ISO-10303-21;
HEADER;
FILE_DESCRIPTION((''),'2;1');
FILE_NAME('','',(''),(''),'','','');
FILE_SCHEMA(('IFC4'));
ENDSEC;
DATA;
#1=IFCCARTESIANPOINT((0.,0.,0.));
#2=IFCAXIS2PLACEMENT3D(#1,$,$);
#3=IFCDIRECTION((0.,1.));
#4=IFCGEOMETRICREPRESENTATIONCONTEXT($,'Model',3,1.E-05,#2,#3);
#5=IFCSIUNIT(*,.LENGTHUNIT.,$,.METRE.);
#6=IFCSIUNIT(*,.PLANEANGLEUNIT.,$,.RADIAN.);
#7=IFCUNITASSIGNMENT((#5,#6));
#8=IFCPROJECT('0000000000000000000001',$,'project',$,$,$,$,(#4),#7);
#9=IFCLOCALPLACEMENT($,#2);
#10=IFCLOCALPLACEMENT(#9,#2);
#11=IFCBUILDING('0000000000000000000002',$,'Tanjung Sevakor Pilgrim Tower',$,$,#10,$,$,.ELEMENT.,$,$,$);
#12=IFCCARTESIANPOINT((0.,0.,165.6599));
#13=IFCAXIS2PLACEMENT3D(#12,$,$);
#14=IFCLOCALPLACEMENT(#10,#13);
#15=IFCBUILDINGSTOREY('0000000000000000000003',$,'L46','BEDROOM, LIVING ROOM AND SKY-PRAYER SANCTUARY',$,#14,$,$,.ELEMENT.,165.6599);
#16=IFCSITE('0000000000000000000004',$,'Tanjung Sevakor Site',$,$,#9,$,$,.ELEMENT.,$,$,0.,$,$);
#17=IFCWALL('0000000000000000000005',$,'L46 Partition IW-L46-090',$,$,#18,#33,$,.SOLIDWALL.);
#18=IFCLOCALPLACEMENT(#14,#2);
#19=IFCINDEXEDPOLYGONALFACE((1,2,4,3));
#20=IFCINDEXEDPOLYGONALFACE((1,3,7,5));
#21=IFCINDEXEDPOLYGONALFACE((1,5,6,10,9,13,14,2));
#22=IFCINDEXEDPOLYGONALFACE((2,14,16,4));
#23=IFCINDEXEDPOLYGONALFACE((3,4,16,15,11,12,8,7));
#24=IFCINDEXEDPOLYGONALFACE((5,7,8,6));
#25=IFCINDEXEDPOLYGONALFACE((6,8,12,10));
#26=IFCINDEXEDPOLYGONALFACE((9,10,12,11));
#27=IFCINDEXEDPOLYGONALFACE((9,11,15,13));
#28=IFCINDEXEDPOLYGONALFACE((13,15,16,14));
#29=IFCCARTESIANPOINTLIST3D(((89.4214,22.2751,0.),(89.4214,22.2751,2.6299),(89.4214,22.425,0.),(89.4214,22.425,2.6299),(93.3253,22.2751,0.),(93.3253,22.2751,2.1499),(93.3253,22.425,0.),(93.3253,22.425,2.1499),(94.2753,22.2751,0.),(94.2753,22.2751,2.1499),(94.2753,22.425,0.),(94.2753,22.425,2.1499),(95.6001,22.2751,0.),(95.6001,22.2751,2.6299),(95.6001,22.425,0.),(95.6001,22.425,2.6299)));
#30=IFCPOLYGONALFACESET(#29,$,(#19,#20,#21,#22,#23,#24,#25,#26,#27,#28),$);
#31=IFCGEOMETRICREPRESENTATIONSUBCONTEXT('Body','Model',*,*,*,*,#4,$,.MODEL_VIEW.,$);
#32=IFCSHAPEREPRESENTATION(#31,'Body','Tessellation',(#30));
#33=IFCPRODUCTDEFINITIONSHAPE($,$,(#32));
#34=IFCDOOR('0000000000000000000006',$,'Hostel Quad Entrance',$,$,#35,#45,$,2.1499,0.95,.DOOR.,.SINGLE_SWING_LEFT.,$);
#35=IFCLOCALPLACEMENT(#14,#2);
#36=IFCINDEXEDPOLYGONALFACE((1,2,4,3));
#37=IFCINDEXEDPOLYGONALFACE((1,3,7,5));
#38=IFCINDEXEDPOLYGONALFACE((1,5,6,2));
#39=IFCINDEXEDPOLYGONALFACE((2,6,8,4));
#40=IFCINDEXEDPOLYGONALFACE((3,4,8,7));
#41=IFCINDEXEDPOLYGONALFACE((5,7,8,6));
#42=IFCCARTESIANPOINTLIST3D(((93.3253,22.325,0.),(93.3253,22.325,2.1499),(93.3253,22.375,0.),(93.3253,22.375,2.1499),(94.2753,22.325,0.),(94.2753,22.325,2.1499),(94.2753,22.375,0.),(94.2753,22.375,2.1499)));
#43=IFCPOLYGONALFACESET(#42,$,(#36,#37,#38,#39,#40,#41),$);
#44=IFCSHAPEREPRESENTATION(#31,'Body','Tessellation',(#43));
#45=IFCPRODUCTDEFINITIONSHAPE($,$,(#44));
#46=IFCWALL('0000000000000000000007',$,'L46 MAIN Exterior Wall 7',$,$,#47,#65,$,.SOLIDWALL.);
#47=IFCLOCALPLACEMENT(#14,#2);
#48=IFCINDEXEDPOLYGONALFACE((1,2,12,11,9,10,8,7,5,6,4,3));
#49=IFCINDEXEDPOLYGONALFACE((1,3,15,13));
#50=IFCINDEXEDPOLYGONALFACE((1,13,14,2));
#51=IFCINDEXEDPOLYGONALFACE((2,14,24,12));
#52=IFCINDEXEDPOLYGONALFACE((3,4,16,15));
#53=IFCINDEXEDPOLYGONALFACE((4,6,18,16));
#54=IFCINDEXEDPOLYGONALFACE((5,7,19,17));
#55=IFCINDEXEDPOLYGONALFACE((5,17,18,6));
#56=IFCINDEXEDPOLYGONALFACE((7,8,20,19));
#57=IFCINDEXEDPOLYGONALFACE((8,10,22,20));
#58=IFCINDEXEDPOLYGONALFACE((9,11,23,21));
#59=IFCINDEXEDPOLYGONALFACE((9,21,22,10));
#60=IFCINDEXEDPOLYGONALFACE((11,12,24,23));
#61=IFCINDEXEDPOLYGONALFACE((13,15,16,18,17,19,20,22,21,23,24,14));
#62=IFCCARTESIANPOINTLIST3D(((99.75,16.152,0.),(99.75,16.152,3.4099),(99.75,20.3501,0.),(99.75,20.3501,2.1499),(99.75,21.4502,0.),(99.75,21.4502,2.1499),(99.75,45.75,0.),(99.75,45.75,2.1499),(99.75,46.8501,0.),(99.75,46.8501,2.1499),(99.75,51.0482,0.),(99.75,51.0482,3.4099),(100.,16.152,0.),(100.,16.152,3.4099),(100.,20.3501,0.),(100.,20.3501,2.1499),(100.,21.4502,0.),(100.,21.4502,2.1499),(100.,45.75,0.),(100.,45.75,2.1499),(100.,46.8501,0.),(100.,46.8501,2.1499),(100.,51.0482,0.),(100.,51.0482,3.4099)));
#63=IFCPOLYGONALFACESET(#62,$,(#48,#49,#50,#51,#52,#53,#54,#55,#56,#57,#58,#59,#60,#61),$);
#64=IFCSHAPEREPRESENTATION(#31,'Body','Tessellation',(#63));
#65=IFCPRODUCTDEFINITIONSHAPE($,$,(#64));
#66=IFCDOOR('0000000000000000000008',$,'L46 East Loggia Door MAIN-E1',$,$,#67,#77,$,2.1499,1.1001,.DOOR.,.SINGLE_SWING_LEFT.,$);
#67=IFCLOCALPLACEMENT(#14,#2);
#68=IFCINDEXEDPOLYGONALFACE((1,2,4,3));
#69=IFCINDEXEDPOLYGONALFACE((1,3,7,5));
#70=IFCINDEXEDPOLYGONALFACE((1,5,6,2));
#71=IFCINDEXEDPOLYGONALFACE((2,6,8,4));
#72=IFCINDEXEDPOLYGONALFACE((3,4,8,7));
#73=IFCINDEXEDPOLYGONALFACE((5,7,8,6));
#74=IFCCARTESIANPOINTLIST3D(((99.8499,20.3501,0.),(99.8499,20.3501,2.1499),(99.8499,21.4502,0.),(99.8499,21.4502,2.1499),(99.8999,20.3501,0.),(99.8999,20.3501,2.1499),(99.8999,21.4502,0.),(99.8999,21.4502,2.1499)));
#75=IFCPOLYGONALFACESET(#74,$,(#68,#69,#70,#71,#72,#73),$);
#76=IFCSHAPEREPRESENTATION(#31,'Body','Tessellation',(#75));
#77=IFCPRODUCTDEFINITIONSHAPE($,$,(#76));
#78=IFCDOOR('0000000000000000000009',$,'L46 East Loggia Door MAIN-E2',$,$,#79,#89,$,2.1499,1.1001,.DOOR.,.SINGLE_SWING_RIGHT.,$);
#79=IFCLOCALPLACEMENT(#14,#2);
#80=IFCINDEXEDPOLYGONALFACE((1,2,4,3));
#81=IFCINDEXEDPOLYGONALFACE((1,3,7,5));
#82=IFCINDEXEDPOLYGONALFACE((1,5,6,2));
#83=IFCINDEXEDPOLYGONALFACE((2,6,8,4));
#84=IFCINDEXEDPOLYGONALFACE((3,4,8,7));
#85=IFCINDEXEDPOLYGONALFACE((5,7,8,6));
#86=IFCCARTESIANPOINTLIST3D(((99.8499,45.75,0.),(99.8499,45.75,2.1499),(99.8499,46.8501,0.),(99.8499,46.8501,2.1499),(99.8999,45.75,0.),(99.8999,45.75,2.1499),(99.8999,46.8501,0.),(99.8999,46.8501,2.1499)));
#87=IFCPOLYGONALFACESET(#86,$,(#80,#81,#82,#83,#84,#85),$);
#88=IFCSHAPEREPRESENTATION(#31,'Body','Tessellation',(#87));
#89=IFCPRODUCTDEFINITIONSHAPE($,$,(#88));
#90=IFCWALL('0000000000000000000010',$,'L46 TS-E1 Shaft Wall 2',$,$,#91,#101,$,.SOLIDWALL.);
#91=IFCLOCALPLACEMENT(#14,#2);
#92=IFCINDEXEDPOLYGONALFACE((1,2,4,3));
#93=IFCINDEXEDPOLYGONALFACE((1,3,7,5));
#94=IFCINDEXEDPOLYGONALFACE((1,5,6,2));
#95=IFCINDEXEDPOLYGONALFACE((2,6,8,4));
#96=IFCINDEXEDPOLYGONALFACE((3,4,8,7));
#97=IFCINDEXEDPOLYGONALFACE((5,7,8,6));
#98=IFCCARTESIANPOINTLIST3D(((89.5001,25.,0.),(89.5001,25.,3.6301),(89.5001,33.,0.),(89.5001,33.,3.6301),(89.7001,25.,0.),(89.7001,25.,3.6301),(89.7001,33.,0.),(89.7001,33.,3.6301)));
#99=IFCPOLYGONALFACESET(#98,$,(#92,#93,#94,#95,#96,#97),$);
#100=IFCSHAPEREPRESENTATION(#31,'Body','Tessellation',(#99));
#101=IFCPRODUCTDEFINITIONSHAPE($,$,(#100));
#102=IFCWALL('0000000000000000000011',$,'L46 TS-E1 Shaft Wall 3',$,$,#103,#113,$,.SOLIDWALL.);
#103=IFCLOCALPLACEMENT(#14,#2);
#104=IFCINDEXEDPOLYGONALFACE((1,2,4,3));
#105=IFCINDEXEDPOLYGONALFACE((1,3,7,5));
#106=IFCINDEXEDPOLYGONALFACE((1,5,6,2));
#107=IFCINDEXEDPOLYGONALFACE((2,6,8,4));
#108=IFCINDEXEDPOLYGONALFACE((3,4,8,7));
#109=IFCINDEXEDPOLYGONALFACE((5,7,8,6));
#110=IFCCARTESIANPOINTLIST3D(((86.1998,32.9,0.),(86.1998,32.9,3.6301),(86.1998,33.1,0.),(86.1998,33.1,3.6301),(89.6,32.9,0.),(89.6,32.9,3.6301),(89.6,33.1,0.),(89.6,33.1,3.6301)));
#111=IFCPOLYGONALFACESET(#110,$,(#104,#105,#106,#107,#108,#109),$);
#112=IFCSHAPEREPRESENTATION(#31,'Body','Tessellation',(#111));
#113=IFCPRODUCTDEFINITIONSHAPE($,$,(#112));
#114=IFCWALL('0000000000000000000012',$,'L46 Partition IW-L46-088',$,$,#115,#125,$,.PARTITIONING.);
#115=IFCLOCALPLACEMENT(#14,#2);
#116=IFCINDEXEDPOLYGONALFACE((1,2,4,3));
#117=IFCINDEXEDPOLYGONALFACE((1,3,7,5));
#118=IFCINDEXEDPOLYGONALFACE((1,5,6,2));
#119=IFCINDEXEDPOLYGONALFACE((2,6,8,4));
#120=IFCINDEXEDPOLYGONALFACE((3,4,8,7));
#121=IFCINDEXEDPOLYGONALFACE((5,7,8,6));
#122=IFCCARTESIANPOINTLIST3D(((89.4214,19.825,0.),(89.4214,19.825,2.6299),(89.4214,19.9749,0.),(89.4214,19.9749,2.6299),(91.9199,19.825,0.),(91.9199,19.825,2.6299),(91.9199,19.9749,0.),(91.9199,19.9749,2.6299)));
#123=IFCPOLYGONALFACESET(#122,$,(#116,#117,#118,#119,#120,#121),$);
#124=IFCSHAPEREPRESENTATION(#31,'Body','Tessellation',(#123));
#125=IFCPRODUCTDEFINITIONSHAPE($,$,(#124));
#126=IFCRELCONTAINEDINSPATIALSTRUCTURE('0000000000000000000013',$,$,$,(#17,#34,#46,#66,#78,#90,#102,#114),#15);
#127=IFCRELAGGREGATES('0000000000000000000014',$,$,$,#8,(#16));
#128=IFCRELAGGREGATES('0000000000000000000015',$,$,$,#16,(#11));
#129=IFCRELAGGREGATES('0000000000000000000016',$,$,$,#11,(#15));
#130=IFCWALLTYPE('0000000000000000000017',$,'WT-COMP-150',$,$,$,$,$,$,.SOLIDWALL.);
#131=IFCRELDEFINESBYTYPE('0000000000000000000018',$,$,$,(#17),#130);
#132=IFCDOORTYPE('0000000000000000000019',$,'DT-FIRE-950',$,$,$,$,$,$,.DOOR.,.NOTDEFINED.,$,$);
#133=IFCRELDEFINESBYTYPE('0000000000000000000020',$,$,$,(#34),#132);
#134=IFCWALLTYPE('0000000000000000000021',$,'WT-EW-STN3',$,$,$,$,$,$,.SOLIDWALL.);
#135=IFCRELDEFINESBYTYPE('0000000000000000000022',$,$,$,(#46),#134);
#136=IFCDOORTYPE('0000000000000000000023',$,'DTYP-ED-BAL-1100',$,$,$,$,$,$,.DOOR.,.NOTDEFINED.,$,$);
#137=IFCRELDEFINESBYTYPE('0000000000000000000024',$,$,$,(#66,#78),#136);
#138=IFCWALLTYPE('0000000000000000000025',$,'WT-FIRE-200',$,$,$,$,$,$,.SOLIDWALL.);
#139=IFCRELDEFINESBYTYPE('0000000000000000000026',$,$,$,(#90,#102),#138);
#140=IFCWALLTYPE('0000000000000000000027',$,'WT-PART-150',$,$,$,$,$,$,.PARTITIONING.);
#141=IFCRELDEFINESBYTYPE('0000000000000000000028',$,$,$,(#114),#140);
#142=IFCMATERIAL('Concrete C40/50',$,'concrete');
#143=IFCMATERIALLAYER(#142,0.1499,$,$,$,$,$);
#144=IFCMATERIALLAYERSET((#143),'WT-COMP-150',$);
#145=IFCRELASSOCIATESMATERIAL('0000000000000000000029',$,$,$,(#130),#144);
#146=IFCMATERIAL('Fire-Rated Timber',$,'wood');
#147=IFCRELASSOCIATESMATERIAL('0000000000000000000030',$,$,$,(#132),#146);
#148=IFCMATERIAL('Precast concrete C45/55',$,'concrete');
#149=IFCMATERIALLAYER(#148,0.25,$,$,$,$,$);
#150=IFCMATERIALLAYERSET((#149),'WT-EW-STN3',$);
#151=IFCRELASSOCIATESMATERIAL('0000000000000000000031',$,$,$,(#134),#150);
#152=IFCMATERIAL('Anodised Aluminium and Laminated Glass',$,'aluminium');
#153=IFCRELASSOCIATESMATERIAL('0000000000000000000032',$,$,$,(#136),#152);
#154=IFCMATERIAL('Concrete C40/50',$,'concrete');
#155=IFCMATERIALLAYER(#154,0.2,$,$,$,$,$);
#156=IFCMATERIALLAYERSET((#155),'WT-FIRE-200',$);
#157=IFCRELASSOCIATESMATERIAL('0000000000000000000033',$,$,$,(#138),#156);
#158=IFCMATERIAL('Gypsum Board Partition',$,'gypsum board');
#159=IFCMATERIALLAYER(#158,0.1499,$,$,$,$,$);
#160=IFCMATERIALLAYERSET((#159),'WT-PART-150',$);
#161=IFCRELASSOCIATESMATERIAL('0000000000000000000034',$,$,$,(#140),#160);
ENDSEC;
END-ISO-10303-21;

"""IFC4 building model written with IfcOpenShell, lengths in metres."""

from ifc_helpers import new_model, si_unit, direction, frame, frame_2d, origin, place, context, subcontext, project, spatial, rectangle, extrude, material, layer, layer_set, type_object, element, fill, save


model = new_model("IFC4")

# Units and contexts
model_context = context("Model", 3, precision=1e-05, world=origin(), true_north=direction((0.0, 1.0)))
body_context = subcontext(model_context, "Body", "Model", "MODEL_VIEW")
ifc_project = project(units=[si_unit("LENGTHUNIT", "METRE"), si_unit("PLANEANGLEUNIT", "RADIAN")], contexts=[model_context])

# Site, building, storey
site_placement = place(None, origin())
site = spatial("IfcSite", under=ifc_project, at=site_placement, Name="Tanjung Sevakor Site", CompositionType="ELEMENT", RefElevation=0.0)
building_placement = place(site_placement, origin())
building = spatial("IfcBuilding", under=site, at=building_placement, Name="Tanjung Sevakor Pilgrim Tower", CompositionType="ELEMENT")
storey_placement = place(building_placement, frame((0.0, 0.0, 165.6599)))
storey = spatial("IfcBuildingStorey", under=building, at=storey_placement, Name="L46", Description="BEDROOM, LIVING ROOM AND SKY-PRAYER SANCTUARY", CompositionType="ELEMENT", Elevation=165.6599)

# Shared definitions
ifc_material_1 = material(Name="Concrete C40/50", Category="concrete")
ifc_layer_1 = layer(ifc_material_1, 0.1499)
ifc_layer_set_1 = layer_set([ifc_layer_1], Name="WT-COMP-150")
wall_type_1 = type_object("IfcWallType", Name="WT-COMP-150", PredefinedType="SOLIDWALL", material=ifc_layer_set_1)

# Wall, opening, door
wall_1_placement = place(storey_placement, frame((89.4214, 22.3501, 0.0), z_axis=(0.0, 0.0, 1.0), x_axis=(1.0, 0.0, 0.0)))
wall_1 = element("IfcWall", 1, at=wall_1_placement, inside=storey, type_object=wall_type_1, Name="L46 Partition IW-L46-090", PredefinedType="SOLIDWALL", context=body_context, shape_type="SweptSolid", body=[
    extrude(rectangle(XDim=6.1787, YDim=0.1499, at=frame_2d((3.0894, 0.0))), origin(), (0.0, 0.0, 1.0), 2.6299),
])
opening_1_placement = place(wall_1_placement, frame((3.9038, 0.0, 0.0)))
opening_1 = element("IfcOpeningElement", 2, at=opening_1_placement, cuts=wall_1, PredefinedType="OPENING", context=body_context, shape_type="SweptSolid", body=[
    extrude(rectangle(XDim=0.95, YDim=2.1499, at=frame_2d((0.4751, 1.075))), frame((0.0, 0.085, 0.0), z_axis=(0.0, -1.0, 0.0), x_axis=(1.0, 0.0, 0.0)), (0.0, 0.0, 1.0), 0.1699),
])
ifc_material_2 = material(Name="Fire-Rated Timber", Category="wood")
door_type_1 = type_object("IfcDoorType", Name="DT-FIRE-950", OperationType="NOTDEFINED", PredefinedType="DOOR", material=ifc_material_2)
door_1_placement = place(opening_1_placement, origin())
door_1 = element("IfcDoor", 3, at=door_1_placement, inside=storey, type_object=door_type_1, Name="Hostel Quad Entrance", OperationType="SINGLE_SWING_LEFT", OverallHeight=2.1499, OverallWidth=0.95, PredefinedType="DOOR", context=body_context, shape_type="SweptSolid", body=[
    extrude(rectangle(XDim=0.95, YDim=2.1499, at=frame_2d((0.4751, 1.075))), frame((0.0, 0.0249, 0.0), z_axis=(0.0, -1.0, 0.0), x_axis=(1.0, 0.0, 0.0)), (0.0, 0.0, 1.0), 0.05),
])
fill(opening_1, door_1)

# Wall, openings, doors
ifc_material_3 = material(Name="Precast concrete C45/55", Category="concrete")
ifc_layer_2 = layer(ifc_material_3, 0.25)
ifc_layer_set_2 = layer_set([ifc_layer_2], Name="WT-EW-STN3")
wall_type_2 = type_object("IfcWallType", Name="WT-EW-STN3", PredefinedType="SOLIDWALL", material=ifc_layer_set_2)
wall_2_placement = place(storey_placement, frame((99.875, 16.1519, 0.0), z_axis=(0.0, 0.0, 1.0), x_axis=(0.0, 1.0, 0.0)))
wall_2 = element("IfcWall", 4, at=wall_2_placement, inside=storey, type_object=wall_type_2, Name="L46 MAIN Exterior Wall 7", PredefinedType="SOLIDWALL", context=body_context, shape_type="SweptSolid", body=[
    extrude(rectangle(XDim=34.8962, YDim=0.25, at=frame_2d((17.4482, 0.0))), origin(), (0.0, 0.0, 1.0), 3.4099),
])
opening_2_placement = place(wall_2_placement, frame((4.1982, 0.0, 0.0)))
opening_2 = element("IfcOpeningElement", 5, at=opening_2_placement, cuts=wall_2, PredefinedType="OPENING", context=body_context, shape_type="SweptSolid", body=[
    extrude(rectangle(XDim=1.1001, YDim=2.1499, at=frame_2d((0.55, 1.075))), frame((0.0, 0.135, 0.0), z_axis=(0.0, -1.0, 0.0), x_axis=(1.0, 0.0, 0.0)), (0.0, 0.0, 1.0), 0.27),
])
opening_3_placement = place(wall_2_placement, frame((29.5981, 0.0, 0.0)))
opening_3 = element("IfcOpeningElement", 6, at=opening_3_placement, cuts=wall_2, PredefinedType="OPENING", context=body_context, shape_type="SweptSolid", body=[
    extrude(rectangle(XDim=1.1001, YDim=2.1499, at=frame_2d((0.55, 1.075))), frame((0.0, 0.135, 0.0), z_axis=(0.0, -1.0, 0.0), x_axis=(1.0, 0.0, 0.0)), (0.0, 0.0, 1.0), 0.27),
])
ifc_material_4 = material(Name="Anodised Aluminium and Laminated Glass", Category="aluminium")
door_type_2 = type_object("IfcDoorType", Name="DTYP-ED-BAL-1100", OperationType="NOTDEFINED", PredefinedType="DOOR", material=ifc_material_4)
door_2_placement = place(opening_2_placement, frame((1.1001, 0.0, 0.0), z_axis=(0.0, 0.0, 1.0), x_axis=(-1.0, 0.0, 0.0)))
door_2 = element("IfcDoor", 7, at=door_2_placement, inside=storey, type_object=door_type_2, Name="L46 East Loggia Door MAIN-E1", OperationType="SINGLE_SWING_LEFT", OverallHeight=2.1499, OverallWidth=1.1001, PredefinedType="DOOR", context=body_context, shape_type="SweptSolid", body=[
    extrude(rectangle(XDim=1.1001, YDim=2.1499, at=frame_2d((0.55, 1.075))), frame((0.0, 0.0249, 0.0), z_axis=(0.0, -1.0, 0.0), x_axis=(1.0, 0.0, 0.0)), (0.0, 0.0, 1.0), 0.05),
])
fill(opening_2, door_2)
door_3_placement = place(opening_3_placement, frame((1.1001, 0.0, 0.0), z_axis=(0.0, 0.0, 1.0), x_axis=(-1.0, 0.0, 0.0)))
door_3 = element("IfcDoor", 8, at=door_3_placement, inside=storey, type_object=door_type_2, Name="L46 East Loggia Door MAIN-E2", OperationType="SINGLE_SWING_RIGHT", OverallHeight=2.1499, OverallWidth=1.1001, PredefinedType="DOOR", context=body_context, shape_type="SweptSolid", body=[
    extrude(rectangle(XDim=1.1001, YDim=2.1499, at=frame_2d((0.55, 1.075))), frame((0.0, 0.0249, 0.0), z_axis=(0.0, -1.0, 0.0), x_axis=(1.0, 0.0, 0.0)), (0.0, 0.0, 1.0), 0.05),
])
fill(opening_3, door_3)

# Walls
ifc_material_5 = material(Name="Concrete C40/50", Category="concrete")
ifc_layer_3 = layer(ifc_material_5, 0.2)
ifc_layer_set_3 = layer_set([ifc_layer_3], Name="WT-FIRE-200")
wall_type_3 = type_object("IfcWallType", Name="WT-FIRE-200", PredefinedType="SOLIDWALL", material=ifc_layer_set_3)
wall_3_placement = place(storey_placement, frame((89.6001, 25.0, 0.0), z_axis=(0.0, 0.0, 1.0), x_axis=(0.0, 1.0, 0.0)))
element("IfcWall", 9, at=wall_3_placement, inside=storey, type_object=wall_type_3, Name="L46 TS-E1 Shaft Wall 2", PredefinedType="SOLIDWALL", context=body_context, shape_type="SweptSolid", body=[
    extrude(rectangle(XDim=8.0, YDim=0.2, at=frame_2d((4.0, 0.0))), origin(), (0.0, 0.0, 1.0), 3.6301),
])
wall_4_placement = place(storey_placement, frame((89.6001, 33.0, 0.0), z_axis=(0.0, 0.0, 1.0), x_axis=(-1.0, 0.0, 0.0)))
element("IfcWall", 10, at=wall_4_placement, inside=storey, type_object=wall_type_3, Name="L46 TS-E1 Shaft Wall 3", PredefinedType="SOLIDWALL", context=body_context, shape_type="SweptSolid", body=[
    extrude(rectangle(XDim=3.4001, YDim=0.2, at=frame_2d((1.7002, 0.0))), origin(), (0.0, 0.0, 1.0), 3.6301),
])
ifc_material_6 = material(Name="Gypsum Board Partition", Category="gypsum board")
ifc_layer_4 = layer(ifc_material_6, 0.1499)
ifc_layer_set_4 = layer_set([ifc_layer_4], Name="WT-PART-150")
wall_type_4 = type_object("IfcWallType", Name="WT-PART-150", PredefinedType="PARTITIONING", material=ifc_layer_set_4)
wall_5_placement = place(storey_placement, frame((89.4214, 19.8999, 0.0), z_axis=(0.0, 0.0, 1.0), x_axis=(1.0, 0.0, 0.0)))
element("IfcWall", 11, at=wall_5_placement, inside=storey, type_object=wall_type_4, Name="L46 Partition IW-L46-088", PredefinedType="PARTITIONING", context=body_context, shape_type="SweptSolid", body=[
    extrude(rectangle(XDim=2.4985, YDim=0.1499, at=frame_2d((1.2493, 0.0))), origin(), (0.0, 0.0, 1.0), 2.6299),
])

save(model, "model.ifc")
